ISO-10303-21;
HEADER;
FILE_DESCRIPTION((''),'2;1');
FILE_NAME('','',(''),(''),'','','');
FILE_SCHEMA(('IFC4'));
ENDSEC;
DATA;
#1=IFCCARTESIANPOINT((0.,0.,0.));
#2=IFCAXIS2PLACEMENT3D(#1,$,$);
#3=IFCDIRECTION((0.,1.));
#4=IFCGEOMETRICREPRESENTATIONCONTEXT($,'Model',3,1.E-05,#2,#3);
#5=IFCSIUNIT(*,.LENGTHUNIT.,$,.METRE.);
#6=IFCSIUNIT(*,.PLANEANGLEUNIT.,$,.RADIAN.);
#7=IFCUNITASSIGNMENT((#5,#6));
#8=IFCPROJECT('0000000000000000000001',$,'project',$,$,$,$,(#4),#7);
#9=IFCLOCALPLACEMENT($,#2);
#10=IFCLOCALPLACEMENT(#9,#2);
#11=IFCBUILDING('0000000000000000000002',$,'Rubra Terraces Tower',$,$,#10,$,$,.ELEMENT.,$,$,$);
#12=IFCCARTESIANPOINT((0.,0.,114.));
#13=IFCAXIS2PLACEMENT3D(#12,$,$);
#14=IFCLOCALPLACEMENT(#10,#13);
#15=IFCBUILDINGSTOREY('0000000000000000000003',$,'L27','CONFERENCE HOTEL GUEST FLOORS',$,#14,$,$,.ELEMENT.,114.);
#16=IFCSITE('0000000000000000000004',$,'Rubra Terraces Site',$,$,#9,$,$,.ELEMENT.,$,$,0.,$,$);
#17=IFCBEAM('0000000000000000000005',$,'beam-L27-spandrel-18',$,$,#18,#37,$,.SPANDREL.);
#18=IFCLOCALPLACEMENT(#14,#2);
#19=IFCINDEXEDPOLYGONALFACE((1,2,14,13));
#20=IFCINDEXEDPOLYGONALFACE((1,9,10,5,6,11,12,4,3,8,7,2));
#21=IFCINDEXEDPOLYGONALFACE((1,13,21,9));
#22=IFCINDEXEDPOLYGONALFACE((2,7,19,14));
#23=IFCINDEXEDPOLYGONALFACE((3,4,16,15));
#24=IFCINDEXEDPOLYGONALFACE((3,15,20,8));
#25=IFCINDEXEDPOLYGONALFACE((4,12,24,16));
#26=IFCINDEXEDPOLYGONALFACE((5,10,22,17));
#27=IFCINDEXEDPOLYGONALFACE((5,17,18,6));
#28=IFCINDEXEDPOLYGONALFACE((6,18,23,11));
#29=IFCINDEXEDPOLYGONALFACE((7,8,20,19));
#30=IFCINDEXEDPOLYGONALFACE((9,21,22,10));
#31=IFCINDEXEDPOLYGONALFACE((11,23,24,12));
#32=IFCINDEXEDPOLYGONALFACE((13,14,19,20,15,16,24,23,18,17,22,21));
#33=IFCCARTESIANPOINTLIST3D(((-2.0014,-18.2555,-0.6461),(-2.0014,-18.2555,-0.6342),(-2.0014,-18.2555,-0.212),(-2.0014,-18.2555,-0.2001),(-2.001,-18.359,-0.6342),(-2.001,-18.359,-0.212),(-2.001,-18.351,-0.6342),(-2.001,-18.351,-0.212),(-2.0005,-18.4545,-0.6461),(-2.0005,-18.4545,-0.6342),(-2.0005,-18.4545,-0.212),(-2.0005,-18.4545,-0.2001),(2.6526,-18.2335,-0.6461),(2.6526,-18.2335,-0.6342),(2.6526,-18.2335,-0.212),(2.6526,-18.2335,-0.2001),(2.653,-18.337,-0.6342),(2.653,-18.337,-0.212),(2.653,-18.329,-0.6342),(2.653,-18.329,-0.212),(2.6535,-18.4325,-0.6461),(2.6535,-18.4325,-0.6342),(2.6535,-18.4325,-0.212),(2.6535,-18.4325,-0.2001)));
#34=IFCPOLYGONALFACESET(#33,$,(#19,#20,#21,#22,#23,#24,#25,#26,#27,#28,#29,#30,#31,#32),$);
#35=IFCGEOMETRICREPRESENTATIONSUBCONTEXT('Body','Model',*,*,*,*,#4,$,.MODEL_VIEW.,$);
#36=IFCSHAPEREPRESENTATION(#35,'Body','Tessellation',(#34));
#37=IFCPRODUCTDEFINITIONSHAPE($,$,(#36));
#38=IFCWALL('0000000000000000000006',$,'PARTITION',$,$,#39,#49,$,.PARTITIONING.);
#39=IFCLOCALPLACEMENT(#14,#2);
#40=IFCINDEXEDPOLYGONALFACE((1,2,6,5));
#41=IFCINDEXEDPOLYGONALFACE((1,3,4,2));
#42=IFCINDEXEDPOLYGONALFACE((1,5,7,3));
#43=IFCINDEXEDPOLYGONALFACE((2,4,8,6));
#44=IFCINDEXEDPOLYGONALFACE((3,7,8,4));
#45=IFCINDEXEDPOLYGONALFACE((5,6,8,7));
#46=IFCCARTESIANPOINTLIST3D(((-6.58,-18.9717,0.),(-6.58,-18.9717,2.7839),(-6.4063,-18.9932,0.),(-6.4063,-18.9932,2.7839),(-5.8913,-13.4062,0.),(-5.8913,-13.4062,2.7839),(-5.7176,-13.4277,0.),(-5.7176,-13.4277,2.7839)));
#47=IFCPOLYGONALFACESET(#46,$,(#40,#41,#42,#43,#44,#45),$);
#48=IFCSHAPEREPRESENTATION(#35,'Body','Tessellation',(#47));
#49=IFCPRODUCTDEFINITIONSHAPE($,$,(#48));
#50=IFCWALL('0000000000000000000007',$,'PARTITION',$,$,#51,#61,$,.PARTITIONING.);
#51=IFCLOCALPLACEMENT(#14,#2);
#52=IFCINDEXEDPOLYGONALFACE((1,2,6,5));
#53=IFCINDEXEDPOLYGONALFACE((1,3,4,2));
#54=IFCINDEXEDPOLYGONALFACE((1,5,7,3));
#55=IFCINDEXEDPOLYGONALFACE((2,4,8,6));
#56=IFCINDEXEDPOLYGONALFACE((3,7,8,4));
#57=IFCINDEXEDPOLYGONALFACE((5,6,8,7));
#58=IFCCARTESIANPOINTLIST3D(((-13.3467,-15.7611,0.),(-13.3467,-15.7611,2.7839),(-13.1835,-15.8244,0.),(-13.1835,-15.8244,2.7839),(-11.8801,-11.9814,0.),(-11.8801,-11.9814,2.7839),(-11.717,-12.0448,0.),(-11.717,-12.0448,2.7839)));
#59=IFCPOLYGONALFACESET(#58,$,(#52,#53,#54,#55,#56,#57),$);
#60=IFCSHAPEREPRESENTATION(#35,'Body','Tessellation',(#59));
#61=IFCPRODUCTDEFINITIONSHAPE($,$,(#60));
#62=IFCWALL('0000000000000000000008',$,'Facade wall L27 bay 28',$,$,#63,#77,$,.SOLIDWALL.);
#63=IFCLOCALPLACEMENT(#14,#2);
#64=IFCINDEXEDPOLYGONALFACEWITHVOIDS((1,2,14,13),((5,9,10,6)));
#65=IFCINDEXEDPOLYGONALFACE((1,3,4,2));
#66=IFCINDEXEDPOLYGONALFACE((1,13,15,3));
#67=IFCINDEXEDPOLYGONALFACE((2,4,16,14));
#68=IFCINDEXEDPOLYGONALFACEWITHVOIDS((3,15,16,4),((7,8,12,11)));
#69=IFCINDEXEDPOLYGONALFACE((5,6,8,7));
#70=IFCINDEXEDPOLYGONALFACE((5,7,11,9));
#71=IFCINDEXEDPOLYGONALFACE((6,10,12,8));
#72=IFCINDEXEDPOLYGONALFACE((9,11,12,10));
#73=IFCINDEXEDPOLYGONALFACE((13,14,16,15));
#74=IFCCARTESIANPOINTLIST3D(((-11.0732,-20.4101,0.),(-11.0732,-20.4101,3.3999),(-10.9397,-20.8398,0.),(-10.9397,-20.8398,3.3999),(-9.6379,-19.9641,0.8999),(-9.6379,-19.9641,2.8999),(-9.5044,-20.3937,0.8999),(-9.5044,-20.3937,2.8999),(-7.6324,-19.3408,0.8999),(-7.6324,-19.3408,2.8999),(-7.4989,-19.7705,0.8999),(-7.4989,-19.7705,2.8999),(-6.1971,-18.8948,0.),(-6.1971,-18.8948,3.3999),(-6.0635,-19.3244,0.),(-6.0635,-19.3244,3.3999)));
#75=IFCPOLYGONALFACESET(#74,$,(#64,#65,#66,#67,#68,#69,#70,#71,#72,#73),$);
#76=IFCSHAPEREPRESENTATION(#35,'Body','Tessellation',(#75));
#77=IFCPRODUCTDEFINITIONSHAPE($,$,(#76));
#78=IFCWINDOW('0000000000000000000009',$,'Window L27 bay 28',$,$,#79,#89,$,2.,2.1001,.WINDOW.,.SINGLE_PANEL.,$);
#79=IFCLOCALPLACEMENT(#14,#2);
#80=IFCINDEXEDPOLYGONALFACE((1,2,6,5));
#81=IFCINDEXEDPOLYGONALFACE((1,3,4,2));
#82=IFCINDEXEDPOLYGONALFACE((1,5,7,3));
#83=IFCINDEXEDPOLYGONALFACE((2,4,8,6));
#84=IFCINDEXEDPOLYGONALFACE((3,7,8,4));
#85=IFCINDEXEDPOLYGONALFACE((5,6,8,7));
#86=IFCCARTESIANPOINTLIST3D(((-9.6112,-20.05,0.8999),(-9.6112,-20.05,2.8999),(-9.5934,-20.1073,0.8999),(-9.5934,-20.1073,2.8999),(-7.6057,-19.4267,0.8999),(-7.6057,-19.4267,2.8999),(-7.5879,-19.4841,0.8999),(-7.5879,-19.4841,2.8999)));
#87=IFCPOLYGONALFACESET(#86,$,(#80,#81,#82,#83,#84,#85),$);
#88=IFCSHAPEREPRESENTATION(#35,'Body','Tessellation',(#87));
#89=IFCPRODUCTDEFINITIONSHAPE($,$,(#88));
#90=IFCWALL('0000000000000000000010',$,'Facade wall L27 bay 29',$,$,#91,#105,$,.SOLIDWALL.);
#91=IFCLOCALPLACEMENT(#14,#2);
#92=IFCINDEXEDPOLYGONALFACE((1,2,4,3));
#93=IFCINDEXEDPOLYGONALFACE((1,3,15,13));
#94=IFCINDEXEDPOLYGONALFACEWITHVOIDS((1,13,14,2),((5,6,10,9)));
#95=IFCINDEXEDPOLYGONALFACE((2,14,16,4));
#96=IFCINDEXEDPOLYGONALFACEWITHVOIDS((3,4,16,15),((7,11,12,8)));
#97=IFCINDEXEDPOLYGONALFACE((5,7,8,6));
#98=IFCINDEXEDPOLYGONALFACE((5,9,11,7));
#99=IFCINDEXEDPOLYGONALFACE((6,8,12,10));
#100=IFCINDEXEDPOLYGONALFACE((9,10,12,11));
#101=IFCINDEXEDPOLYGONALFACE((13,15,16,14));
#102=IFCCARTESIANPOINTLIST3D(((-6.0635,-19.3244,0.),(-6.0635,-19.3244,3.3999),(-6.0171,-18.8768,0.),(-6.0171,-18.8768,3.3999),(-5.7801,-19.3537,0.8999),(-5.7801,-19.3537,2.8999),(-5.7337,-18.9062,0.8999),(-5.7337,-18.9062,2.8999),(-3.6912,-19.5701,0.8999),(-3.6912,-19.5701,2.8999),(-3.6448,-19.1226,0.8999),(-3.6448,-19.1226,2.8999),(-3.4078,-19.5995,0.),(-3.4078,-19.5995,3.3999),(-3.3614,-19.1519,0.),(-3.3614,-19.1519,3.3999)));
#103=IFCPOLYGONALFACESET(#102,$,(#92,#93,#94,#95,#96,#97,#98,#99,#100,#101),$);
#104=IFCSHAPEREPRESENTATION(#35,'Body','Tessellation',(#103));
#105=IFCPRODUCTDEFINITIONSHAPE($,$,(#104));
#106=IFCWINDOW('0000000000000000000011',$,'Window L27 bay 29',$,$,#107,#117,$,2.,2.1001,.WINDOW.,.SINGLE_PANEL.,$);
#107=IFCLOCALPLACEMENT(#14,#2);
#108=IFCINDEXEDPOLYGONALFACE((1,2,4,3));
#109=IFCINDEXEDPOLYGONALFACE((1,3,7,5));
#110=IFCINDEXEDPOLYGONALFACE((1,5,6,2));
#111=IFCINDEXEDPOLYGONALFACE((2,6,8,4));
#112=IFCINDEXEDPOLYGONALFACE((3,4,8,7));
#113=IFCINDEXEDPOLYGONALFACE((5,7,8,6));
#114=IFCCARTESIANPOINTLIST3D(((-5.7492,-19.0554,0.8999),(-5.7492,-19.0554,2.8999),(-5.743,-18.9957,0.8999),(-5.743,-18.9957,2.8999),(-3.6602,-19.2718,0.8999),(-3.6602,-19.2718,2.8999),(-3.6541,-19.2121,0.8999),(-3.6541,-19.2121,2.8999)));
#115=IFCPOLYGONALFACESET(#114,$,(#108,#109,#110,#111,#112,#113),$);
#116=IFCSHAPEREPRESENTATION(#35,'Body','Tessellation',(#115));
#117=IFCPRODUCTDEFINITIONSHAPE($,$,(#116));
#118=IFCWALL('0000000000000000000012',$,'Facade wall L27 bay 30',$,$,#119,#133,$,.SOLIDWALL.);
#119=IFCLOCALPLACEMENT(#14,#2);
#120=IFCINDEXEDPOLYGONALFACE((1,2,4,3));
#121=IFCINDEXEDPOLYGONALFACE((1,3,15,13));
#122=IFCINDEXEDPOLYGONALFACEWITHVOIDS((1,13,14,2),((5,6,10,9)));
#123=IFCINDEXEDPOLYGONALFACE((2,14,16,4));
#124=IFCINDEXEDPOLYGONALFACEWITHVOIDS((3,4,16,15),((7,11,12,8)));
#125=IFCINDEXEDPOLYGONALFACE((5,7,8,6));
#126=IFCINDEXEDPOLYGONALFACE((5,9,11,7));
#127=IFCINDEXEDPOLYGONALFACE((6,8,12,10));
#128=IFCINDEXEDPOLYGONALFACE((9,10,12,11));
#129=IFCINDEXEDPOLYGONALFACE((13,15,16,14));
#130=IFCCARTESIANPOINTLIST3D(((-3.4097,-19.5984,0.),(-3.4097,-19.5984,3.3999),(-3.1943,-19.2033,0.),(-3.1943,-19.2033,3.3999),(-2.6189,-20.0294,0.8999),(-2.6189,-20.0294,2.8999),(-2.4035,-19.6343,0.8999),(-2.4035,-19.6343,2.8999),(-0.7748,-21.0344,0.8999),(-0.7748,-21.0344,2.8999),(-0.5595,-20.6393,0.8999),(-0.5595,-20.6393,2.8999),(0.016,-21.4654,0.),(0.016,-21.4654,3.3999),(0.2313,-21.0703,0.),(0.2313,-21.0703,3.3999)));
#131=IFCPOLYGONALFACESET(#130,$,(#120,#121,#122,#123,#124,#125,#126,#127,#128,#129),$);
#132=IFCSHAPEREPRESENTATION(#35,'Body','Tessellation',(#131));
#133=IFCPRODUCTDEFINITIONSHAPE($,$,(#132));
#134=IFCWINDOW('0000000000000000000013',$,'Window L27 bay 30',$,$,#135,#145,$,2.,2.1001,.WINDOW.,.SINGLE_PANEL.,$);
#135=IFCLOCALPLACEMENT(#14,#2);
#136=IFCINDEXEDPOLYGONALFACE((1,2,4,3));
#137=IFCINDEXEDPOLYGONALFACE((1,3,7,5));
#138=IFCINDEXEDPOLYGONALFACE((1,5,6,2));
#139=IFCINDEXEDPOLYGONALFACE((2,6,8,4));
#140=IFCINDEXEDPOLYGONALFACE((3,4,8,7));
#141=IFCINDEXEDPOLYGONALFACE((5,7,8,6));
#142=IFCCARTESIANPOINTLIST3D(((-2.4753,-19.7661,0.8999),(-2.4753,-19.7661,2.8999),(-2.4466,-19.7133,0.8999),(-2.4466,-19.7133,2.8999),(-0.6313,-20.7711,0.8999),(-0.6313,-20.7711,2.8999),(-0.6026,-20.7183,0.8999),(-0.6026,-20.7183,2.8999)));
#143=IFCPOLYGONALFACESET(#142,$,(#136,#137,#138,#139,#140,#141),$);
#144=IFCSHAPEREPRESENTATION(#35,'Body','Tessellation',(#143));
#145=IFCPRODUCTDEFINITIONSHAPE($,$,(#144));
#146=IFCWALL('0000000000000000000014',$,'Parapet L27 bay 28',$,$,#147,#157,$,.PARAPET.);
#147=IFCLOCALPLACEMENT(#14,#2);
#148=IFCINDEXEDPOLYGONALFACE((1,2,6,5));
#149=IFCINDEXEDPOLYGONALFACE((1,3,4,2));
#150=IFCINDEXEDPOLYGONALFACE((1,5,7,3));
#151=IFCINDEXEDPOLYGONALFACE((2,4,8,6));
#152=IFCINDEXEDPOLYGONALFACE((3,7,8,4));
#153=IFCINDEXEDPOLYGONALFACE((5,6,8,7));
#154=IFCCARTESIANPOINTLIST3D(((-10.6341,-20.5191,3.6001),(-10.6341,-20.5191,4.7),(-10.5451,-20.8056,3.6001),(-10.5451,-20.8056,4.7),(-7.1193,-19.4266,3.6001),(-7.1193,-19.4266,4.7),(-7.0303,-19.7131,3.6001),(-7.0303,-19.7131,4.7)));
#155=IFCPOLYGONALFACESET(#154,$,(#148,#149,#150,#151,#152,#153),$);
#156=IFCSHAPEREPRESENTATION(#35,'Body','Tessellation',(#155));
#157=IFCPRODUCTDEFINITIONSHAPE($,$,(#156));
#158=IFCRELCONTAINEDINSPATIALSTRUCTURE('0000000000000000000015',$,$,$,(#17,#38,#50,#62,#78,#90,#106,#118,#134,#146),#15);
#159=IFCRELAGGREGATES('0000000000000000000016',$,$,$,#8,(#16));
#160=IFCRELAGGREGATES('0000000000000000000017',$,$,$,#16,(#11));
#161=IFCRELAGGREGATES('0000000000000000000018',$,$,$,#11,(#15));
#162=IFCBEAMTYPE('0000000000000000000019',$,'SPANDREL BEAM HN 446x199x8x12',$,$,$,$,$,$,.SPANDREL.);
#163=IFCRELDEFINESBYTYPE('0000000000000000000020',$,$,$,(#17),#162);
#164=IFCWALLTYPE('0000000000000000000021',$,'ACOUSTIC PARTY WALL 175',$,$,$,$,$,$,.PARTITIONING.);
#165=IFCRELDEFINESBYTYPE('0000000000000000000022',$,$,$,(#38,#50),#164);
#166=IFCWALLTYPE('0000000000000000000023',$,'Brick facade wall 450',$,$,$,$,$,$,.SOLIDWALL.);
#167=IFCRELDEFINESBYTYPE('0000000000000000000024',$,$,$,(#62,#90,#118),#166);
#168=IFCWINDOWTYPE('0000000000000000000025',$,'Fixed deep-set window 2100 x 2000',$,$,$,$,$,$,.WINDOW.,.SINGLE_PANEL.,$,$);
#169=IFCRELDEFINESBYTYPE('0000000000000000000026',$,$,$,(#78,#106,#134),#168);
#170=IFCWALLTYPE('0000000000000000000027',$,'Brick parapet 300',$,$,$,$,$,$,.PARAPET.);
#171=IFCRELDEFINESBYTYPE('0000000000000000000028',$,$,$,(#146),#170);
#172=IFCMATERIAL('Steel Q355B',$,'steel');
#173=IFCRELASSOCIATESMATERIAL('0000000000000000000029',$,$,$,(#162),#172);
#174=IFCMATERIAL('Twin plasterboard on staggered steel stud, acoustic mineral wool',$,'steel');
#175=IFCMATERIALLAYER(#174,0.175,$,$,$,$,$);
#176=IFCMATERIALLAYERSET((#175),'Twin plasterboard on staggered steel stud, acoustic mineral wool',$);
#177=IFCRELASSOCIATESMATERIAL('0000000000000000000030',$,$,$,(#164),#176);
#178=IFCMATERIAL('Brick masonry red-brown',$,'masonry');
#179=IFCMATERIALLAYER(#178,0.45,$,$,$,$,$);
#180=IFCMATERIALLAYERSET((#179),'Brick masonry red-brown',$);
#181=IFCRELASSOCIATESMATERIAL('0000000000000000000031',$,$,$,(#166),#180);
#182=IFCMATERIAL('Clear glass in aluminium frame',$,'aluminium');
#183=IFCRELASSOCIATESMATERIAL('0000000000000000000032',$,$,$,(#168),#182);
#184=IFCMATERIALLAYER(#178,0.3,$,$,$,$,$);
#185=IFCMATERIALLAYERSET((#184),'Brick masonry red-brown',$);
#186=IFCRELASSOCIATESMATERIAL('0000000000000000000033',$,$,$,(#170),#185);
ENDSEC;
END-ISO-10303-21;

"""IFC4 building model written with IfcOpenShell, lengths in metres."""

from ifc_helpers import new_model, si_unit, direction, frame, frame_2d, origin, origin_2d, place, context, subcontext, project, spatial, rectangle, i_section, extrude, material, layer, layer_set, material_profile, profile_set, type_object, element, fill, save


model = new_model("IFC4")

# Units and contexts
model_context = context("Model", 3, precision=1e-05, world=origin(), true_north=direction((0.0, 1.0)))
body_context = subcontext(model_context, "Body", "Model", "MODEL_VIEW")
ifc_project = project(units=[si_unit("LENGTHUNIT", "METRE"), si_unit("PLANEANGLEUNIT", "RADIAN")], contexts=[model_context])

# Site, building, storey
site_placement = place(None, origin())
site = spatial("IfcSite", under=ifc_project, at=site_placement, Name="Rubra Terraces Site", CompositionType="ELEMENT", RefElevation=0.0)
building_placement = place(site_placement, origin())
building = spatial("IfcBuilding", under=site, at=building_placement, Name="Rubra Terraces Tower", CompositionType="ELEMENT")
storey_placement = place(building_placement, frame((0.0, 0.0, 114.0)))
storey = spatial("IfcBuildingStorey", under=building, at=storey_placement, Name="L27", Description="CONFERENCE HOTEL GUEST FLOORS", CompositionType="ELEMENT", Elevation=114.0)

# Beam
ifc_material_1 = material(Name="Steel Q355B", Category="steel")
ifc_material_profile_1 = material_profile(ifc_material_1, i_section(OverallWidth=0.199, OverallDepth=0.446, WebThickness=0.0081, FlangeThickness=0.012, at=origin_2d()), Name="HN 446x199x8x12")
ifc_profile_set_1 = profile_set([ifc_material_profile_1], Name="Steel Q355B")
beam_type_1 = type_object("IfcBeamType", Name="SPANDREL BEAM HN 446x199x8x12", PredefinedType="SPANDREL", material=ifc_profile_set_1)
beam_1_placement = place(storey_placement, frame((-2.001, -18.355, -0.4231), z_axis=(0.999989, 0.004721, 0.0), x_axis=(-0.004721, 0.999989, 0.0)))
element("IfcBeam", 1, at=beam_1_placement, inside=storey, type_object=beam_type_1, Name="beam-L27-spandrel-18", PredefinedType="SPANDREL", context=body_context, shape_type="SweptSolid", body=[
    extrude(i_section(OverallWidth=0.199, OverallDepth=0.446, WebThickness=0.0081, FlangeThickness=0.012, at=origin_2d()), origin(), (0.0, 0.0, 1.0), 4.6541),
])

# Walls
ifc_material_2 = material(Name="Twin plasterboard on staggered steel stud, acoustic mineral wool", Category="steel")
ifc_layer_1 = layer(ifc_material_2, 0.175)
ifc_layer_set_1 = layer_set([ifc_layer_1], Name="Twin plasterboard on staggered steel stud, acoustic mineral wool")
wall_type_1 = type_object("IfcWallType", Name="ACOUSTIC PARTY WALL 175", PredefinedType="PARTITIONING", material=ifc_layer_set_1)
wall_1_placement = place(storey_placement, frame((-6.4932, -18.9824, 0.0), z_axis=(0.0, 0.0, 1.0), x_axis=(0.122813, 0.99243, 0.0)))
element("IfcWall", 2, at=wall_1_placement, inside=storey, type_object=wall_type_1, Name="PARTITION", PredefinedType="PARTITIONING", context=body_context, shape_type="SweptSolid", body=[
    extrude(rectangle(XDim=5.6079, YDim=0.175, at=frame_2d((2.804, 0.0))), origin(), (0.0, 0.0, 1.0), 2.7839),
])
wall_2_placement = place(storey_placement, frame((-13.2651, -15.7927, 0.0), z_axis=(0.0, 0.0, 1.0), x_axis=(0.361746, 0.932277, 0.0)))
element("IfcWall", 3, at=wall_2_placement, inside=storey, type_object=wall_type_1, Name="PARTITION", PredefinedType="PARTITIONING", context=body_context, shape_type="SweptSolid", body=[
    extrude(rectangle(XDim=4.0542, YDim=0.175, at=frame_2d((2.0271, 0.0))), origin(), (0.0, 0.0, 1.0), 2.7839),
])

# Walls, openings, windows
ifc_material_3 = material(Name="Brick masonry red-brown", Category="masonry")
ifc_layer_2 = layer(ifc_material_3, 0.45)
ifc_layer_set_2 = layer_set([ifc_layer_2], Name="Brick masonry red-brown")
wall_type_2 = type_object("IfcWallType", Name="Brick facade wall 450", PredefinedType="SOLIDWALL", material=ifc_layer_set_2)
wall_3_placement = place(storey_placement, frame((-11.0066, -20.625, 0.0), z_axis=(0.0, 0.0, 1.0), x_axis=(0.954949, 0.296769, 0.0)))
wall_3 = element("IfcWall", 4, at=wall_3_placement, inside=storey, type_object=wall_type_2, Name="Facade wall L27 bay 28", PredefinedType="SOLIDWALL", context=body_context, shape_type="SweptSolid", body=[
    extrude(rectangle(XDim=5.1062, YDim=0.45, at=frame_2d((2.5532, 0.0))), origin(), (0.0, 0.0, 1.0), 3.3999),
])
opening_1_placement = place(wall_3_placement, frame((1.5032, 0.0, 0.8999)))
opening_1 = element("IfcOpeningElement", 5, at=opening_1_placement, cuts=wall_3, PredefinedType="OPENING", context=body_context, shape_type="SweptSolid", body=[
    extrude(rectangle(XDim=2.1001, YDim=2.0, at=frame_2d((1.05, 1.0))), frame((0.0, 0.2349, 0.0), z_axis=(0.0, -1.0, 0.0), x_axis=(1.0, 0.0, 0.0)), (0.0, 0.0, 1.0), 0.47),
])
ifc_material_4 = material(Name="Clear glass in aluminium frame", Category="aluminium")
window_type = type_object("IfcWindowType", Name="Fixed deep-set window 2100 x 2000", PartitioningType="SINGLE_PANEL", PredefinedType="WINDOW", material=ifc_material_4)
window_1_placement = place(opening_1_placement, origin())
window_1 = element("IfcWindow", 6, at=window_1_placement, inside=storey, type_object=window_type, Name="Window L27 bay 28", OverallHeight=2.0, OverallWidth=2.1001, PartitioningType="SINGLE_PANEL", PredefinedType="WINDOW", context=body_context, shape_type="SweptSolid", body=[
    extrude(rectangle(XDim=2.1001, YDim=2.0, at=frame_2d((1.05, 1.0))), frame((0.0, 0.135, 0.0), z_axis=(0.0, -1.0, 0.0), x_axis=(1.0, 0.0, 0.0)), (0.0, 0.0, 1.0), 0.0601),
])
fill(opening_1, window_1)
wall_4_placement = place(storey_placement, frame((-6.0403, -19.1006, 0.0), z_axis=(0.0, 0.0, 1.0), x_axis=(0.994676, -0.103052, 0.0)))
wall_4 = element("IfcWall", 7, at=wall_4_placement, inside=storey, type_object=wall_type_2, Name="Facade wall L27 bay 29", PredefinedType="SOLIDWALL", context=body_context, shape_type="SweptSolid", body=[
    extrude(rectangle(XDim=2.6699, YDim=0.45, at=frame_2d((1.335, 0.0))), origin(), (0.0, 0.0, 1.0), 3.3999),
])
opening_2_placement = place(wall_4_placement, frame((0.2849, 0.0, 0.8999)))
opening_2 = element("IfcOpeningElement", 8, at=opening_2_placement, cuts=wall_4, PredefinedType="OPENING", context=body_context, shape_type="SweptSolid", body=[
    extrude(rectangle(XDim=2.1001, YDim=2.0, at=frame_2d((1.05, 1.0))), frame((0.0, 0.2349, 0.0), z_axis=(0.0, -1.0, 0.0), x_axis=(1.0, 0.0, 0.0)), (0.0, 0.0, 1.0), 0.47),
])
window_2_placement = place(opening_2_placement, origin())
window_2 = element("IfcWindow", 9, at=window_2_placement, inside=storey, type_object=window_type, Name="Window L27 bay 29", OverallHeight=2.0, OverallWidth=2.1001, PartitioningType="SINGLE_PANEL", PredefinedType="WINDOW", context=body_context, shape_type="SweptSolid", body=[
    extrude(rectangle(XDim=2.1001, YDim=2.0, at=frame_2d((1.05, 1.0))), frame((0.0, 0.135, 0.0), z_axis=(0.0, -1.0, 0.0), x_axis=(1.0, 0.0, 0.0)), (0.0, 0.0, 1.0), 0.0601),
])
fill(opening_2, window_2)
wall_5_placement = place(storey_placement, frame((-3.302, -19.4009, 0.0), z_axis=(0.0, 0.0, 1.0), x_axis=(0.878061, -0.47855, 0.0)))
wall_5 = element("IfcWall", 10, at=wall_5_placement, inside=storey, type_object=wall_type_2, Name="Facade wall L27 bay 30", PredefinedType="SOLIDWALL", context=body_context, shape_type="SweptSolid", body=[
    extrude(rectangle(XDim=3.9014, YDim=0.45, at=frame_2d((1.9507, 0.0))), origin(), (0.0, 0.0, 1.0), 3.3999),
])
opening_3_placement = place(wall_5_placement, frame((0.9006, 0.0, 0.8999)))
opening_3 = element("IfcOpeningElement", 11, at=opening_3_placement, cuts=wall_5, PredefinedType="OPENING", context=body_context, shape_type="SweptSolid", body=[
    extrude(rectangle(XDim=2.1001, YDim=2.0, at=frame_2d((1.05, 1.0))), frame((0.0, 0.2349, 0.0), z_axis=(0.0, -1.0, 0.0), x_axis=(1.0, 0.0, 0.0)), (0.0, 0.0, 1.0), 0.47),
])
window_3_placement = place(opening_3_placement, origin())
window_3 = element("IfcWindow", 12, at=window_3_placement, inside=storey, type_object=window_type, Name="Window L27 bay 30", OverallHeight=2.0, OverallWidth=2.1001, PartitioningType="SINGLE_PANEL", PredefinedType="WINDOW", context=body_context, shape_type="SweptSolid", body=[
    extrude(rectangle(XDim=2.1001, YDim=2.0, at=frame_2d((1.05, 1.0))), frame((0.0, 0.135, 0.0), z_axis=(0.0, -1.0, 0.0), x_axis=(1.0, 0.0, 0.0)), (0.0, 0.0, 1.0), 0.0601),
])
fill(opening_3, window_3)

# Wall
ifc_layer_3 = layer(ifc_material_3, 0.3)
ifc_layer_set_3 = layer_set([ifc_layer_3], Name="Brick masonry red-brown")
wall_type_3 = type_object("IfcWallType", Name="Brick parapet 300", PredefinedType="PARAPET", material=ifc_layer_set_3)
wall_6_placement = place(storey_placement, frame((-10.5896, -20.6624, 3.6001), z_axis=(0.0, 0.0, 1.0), x_axis=(0.954933, 0.296821, 0.0)))
element("IfcWall", 13, at=wall_6_placement, inside=storey, type_object=wall_type_3, Name="Parapet L27 bay 28", PredefinedType="PARAPET", context=body_context, shape_type="SweptSolid", body=[
    extrude(rectangle(XDim=3.6807, YDim=0.3, at=frame_2d((1.8403, 0.0))), origin(), (0.0, 0.0, 1.0), 1.0999),
])

save(model, "model.ifc")
